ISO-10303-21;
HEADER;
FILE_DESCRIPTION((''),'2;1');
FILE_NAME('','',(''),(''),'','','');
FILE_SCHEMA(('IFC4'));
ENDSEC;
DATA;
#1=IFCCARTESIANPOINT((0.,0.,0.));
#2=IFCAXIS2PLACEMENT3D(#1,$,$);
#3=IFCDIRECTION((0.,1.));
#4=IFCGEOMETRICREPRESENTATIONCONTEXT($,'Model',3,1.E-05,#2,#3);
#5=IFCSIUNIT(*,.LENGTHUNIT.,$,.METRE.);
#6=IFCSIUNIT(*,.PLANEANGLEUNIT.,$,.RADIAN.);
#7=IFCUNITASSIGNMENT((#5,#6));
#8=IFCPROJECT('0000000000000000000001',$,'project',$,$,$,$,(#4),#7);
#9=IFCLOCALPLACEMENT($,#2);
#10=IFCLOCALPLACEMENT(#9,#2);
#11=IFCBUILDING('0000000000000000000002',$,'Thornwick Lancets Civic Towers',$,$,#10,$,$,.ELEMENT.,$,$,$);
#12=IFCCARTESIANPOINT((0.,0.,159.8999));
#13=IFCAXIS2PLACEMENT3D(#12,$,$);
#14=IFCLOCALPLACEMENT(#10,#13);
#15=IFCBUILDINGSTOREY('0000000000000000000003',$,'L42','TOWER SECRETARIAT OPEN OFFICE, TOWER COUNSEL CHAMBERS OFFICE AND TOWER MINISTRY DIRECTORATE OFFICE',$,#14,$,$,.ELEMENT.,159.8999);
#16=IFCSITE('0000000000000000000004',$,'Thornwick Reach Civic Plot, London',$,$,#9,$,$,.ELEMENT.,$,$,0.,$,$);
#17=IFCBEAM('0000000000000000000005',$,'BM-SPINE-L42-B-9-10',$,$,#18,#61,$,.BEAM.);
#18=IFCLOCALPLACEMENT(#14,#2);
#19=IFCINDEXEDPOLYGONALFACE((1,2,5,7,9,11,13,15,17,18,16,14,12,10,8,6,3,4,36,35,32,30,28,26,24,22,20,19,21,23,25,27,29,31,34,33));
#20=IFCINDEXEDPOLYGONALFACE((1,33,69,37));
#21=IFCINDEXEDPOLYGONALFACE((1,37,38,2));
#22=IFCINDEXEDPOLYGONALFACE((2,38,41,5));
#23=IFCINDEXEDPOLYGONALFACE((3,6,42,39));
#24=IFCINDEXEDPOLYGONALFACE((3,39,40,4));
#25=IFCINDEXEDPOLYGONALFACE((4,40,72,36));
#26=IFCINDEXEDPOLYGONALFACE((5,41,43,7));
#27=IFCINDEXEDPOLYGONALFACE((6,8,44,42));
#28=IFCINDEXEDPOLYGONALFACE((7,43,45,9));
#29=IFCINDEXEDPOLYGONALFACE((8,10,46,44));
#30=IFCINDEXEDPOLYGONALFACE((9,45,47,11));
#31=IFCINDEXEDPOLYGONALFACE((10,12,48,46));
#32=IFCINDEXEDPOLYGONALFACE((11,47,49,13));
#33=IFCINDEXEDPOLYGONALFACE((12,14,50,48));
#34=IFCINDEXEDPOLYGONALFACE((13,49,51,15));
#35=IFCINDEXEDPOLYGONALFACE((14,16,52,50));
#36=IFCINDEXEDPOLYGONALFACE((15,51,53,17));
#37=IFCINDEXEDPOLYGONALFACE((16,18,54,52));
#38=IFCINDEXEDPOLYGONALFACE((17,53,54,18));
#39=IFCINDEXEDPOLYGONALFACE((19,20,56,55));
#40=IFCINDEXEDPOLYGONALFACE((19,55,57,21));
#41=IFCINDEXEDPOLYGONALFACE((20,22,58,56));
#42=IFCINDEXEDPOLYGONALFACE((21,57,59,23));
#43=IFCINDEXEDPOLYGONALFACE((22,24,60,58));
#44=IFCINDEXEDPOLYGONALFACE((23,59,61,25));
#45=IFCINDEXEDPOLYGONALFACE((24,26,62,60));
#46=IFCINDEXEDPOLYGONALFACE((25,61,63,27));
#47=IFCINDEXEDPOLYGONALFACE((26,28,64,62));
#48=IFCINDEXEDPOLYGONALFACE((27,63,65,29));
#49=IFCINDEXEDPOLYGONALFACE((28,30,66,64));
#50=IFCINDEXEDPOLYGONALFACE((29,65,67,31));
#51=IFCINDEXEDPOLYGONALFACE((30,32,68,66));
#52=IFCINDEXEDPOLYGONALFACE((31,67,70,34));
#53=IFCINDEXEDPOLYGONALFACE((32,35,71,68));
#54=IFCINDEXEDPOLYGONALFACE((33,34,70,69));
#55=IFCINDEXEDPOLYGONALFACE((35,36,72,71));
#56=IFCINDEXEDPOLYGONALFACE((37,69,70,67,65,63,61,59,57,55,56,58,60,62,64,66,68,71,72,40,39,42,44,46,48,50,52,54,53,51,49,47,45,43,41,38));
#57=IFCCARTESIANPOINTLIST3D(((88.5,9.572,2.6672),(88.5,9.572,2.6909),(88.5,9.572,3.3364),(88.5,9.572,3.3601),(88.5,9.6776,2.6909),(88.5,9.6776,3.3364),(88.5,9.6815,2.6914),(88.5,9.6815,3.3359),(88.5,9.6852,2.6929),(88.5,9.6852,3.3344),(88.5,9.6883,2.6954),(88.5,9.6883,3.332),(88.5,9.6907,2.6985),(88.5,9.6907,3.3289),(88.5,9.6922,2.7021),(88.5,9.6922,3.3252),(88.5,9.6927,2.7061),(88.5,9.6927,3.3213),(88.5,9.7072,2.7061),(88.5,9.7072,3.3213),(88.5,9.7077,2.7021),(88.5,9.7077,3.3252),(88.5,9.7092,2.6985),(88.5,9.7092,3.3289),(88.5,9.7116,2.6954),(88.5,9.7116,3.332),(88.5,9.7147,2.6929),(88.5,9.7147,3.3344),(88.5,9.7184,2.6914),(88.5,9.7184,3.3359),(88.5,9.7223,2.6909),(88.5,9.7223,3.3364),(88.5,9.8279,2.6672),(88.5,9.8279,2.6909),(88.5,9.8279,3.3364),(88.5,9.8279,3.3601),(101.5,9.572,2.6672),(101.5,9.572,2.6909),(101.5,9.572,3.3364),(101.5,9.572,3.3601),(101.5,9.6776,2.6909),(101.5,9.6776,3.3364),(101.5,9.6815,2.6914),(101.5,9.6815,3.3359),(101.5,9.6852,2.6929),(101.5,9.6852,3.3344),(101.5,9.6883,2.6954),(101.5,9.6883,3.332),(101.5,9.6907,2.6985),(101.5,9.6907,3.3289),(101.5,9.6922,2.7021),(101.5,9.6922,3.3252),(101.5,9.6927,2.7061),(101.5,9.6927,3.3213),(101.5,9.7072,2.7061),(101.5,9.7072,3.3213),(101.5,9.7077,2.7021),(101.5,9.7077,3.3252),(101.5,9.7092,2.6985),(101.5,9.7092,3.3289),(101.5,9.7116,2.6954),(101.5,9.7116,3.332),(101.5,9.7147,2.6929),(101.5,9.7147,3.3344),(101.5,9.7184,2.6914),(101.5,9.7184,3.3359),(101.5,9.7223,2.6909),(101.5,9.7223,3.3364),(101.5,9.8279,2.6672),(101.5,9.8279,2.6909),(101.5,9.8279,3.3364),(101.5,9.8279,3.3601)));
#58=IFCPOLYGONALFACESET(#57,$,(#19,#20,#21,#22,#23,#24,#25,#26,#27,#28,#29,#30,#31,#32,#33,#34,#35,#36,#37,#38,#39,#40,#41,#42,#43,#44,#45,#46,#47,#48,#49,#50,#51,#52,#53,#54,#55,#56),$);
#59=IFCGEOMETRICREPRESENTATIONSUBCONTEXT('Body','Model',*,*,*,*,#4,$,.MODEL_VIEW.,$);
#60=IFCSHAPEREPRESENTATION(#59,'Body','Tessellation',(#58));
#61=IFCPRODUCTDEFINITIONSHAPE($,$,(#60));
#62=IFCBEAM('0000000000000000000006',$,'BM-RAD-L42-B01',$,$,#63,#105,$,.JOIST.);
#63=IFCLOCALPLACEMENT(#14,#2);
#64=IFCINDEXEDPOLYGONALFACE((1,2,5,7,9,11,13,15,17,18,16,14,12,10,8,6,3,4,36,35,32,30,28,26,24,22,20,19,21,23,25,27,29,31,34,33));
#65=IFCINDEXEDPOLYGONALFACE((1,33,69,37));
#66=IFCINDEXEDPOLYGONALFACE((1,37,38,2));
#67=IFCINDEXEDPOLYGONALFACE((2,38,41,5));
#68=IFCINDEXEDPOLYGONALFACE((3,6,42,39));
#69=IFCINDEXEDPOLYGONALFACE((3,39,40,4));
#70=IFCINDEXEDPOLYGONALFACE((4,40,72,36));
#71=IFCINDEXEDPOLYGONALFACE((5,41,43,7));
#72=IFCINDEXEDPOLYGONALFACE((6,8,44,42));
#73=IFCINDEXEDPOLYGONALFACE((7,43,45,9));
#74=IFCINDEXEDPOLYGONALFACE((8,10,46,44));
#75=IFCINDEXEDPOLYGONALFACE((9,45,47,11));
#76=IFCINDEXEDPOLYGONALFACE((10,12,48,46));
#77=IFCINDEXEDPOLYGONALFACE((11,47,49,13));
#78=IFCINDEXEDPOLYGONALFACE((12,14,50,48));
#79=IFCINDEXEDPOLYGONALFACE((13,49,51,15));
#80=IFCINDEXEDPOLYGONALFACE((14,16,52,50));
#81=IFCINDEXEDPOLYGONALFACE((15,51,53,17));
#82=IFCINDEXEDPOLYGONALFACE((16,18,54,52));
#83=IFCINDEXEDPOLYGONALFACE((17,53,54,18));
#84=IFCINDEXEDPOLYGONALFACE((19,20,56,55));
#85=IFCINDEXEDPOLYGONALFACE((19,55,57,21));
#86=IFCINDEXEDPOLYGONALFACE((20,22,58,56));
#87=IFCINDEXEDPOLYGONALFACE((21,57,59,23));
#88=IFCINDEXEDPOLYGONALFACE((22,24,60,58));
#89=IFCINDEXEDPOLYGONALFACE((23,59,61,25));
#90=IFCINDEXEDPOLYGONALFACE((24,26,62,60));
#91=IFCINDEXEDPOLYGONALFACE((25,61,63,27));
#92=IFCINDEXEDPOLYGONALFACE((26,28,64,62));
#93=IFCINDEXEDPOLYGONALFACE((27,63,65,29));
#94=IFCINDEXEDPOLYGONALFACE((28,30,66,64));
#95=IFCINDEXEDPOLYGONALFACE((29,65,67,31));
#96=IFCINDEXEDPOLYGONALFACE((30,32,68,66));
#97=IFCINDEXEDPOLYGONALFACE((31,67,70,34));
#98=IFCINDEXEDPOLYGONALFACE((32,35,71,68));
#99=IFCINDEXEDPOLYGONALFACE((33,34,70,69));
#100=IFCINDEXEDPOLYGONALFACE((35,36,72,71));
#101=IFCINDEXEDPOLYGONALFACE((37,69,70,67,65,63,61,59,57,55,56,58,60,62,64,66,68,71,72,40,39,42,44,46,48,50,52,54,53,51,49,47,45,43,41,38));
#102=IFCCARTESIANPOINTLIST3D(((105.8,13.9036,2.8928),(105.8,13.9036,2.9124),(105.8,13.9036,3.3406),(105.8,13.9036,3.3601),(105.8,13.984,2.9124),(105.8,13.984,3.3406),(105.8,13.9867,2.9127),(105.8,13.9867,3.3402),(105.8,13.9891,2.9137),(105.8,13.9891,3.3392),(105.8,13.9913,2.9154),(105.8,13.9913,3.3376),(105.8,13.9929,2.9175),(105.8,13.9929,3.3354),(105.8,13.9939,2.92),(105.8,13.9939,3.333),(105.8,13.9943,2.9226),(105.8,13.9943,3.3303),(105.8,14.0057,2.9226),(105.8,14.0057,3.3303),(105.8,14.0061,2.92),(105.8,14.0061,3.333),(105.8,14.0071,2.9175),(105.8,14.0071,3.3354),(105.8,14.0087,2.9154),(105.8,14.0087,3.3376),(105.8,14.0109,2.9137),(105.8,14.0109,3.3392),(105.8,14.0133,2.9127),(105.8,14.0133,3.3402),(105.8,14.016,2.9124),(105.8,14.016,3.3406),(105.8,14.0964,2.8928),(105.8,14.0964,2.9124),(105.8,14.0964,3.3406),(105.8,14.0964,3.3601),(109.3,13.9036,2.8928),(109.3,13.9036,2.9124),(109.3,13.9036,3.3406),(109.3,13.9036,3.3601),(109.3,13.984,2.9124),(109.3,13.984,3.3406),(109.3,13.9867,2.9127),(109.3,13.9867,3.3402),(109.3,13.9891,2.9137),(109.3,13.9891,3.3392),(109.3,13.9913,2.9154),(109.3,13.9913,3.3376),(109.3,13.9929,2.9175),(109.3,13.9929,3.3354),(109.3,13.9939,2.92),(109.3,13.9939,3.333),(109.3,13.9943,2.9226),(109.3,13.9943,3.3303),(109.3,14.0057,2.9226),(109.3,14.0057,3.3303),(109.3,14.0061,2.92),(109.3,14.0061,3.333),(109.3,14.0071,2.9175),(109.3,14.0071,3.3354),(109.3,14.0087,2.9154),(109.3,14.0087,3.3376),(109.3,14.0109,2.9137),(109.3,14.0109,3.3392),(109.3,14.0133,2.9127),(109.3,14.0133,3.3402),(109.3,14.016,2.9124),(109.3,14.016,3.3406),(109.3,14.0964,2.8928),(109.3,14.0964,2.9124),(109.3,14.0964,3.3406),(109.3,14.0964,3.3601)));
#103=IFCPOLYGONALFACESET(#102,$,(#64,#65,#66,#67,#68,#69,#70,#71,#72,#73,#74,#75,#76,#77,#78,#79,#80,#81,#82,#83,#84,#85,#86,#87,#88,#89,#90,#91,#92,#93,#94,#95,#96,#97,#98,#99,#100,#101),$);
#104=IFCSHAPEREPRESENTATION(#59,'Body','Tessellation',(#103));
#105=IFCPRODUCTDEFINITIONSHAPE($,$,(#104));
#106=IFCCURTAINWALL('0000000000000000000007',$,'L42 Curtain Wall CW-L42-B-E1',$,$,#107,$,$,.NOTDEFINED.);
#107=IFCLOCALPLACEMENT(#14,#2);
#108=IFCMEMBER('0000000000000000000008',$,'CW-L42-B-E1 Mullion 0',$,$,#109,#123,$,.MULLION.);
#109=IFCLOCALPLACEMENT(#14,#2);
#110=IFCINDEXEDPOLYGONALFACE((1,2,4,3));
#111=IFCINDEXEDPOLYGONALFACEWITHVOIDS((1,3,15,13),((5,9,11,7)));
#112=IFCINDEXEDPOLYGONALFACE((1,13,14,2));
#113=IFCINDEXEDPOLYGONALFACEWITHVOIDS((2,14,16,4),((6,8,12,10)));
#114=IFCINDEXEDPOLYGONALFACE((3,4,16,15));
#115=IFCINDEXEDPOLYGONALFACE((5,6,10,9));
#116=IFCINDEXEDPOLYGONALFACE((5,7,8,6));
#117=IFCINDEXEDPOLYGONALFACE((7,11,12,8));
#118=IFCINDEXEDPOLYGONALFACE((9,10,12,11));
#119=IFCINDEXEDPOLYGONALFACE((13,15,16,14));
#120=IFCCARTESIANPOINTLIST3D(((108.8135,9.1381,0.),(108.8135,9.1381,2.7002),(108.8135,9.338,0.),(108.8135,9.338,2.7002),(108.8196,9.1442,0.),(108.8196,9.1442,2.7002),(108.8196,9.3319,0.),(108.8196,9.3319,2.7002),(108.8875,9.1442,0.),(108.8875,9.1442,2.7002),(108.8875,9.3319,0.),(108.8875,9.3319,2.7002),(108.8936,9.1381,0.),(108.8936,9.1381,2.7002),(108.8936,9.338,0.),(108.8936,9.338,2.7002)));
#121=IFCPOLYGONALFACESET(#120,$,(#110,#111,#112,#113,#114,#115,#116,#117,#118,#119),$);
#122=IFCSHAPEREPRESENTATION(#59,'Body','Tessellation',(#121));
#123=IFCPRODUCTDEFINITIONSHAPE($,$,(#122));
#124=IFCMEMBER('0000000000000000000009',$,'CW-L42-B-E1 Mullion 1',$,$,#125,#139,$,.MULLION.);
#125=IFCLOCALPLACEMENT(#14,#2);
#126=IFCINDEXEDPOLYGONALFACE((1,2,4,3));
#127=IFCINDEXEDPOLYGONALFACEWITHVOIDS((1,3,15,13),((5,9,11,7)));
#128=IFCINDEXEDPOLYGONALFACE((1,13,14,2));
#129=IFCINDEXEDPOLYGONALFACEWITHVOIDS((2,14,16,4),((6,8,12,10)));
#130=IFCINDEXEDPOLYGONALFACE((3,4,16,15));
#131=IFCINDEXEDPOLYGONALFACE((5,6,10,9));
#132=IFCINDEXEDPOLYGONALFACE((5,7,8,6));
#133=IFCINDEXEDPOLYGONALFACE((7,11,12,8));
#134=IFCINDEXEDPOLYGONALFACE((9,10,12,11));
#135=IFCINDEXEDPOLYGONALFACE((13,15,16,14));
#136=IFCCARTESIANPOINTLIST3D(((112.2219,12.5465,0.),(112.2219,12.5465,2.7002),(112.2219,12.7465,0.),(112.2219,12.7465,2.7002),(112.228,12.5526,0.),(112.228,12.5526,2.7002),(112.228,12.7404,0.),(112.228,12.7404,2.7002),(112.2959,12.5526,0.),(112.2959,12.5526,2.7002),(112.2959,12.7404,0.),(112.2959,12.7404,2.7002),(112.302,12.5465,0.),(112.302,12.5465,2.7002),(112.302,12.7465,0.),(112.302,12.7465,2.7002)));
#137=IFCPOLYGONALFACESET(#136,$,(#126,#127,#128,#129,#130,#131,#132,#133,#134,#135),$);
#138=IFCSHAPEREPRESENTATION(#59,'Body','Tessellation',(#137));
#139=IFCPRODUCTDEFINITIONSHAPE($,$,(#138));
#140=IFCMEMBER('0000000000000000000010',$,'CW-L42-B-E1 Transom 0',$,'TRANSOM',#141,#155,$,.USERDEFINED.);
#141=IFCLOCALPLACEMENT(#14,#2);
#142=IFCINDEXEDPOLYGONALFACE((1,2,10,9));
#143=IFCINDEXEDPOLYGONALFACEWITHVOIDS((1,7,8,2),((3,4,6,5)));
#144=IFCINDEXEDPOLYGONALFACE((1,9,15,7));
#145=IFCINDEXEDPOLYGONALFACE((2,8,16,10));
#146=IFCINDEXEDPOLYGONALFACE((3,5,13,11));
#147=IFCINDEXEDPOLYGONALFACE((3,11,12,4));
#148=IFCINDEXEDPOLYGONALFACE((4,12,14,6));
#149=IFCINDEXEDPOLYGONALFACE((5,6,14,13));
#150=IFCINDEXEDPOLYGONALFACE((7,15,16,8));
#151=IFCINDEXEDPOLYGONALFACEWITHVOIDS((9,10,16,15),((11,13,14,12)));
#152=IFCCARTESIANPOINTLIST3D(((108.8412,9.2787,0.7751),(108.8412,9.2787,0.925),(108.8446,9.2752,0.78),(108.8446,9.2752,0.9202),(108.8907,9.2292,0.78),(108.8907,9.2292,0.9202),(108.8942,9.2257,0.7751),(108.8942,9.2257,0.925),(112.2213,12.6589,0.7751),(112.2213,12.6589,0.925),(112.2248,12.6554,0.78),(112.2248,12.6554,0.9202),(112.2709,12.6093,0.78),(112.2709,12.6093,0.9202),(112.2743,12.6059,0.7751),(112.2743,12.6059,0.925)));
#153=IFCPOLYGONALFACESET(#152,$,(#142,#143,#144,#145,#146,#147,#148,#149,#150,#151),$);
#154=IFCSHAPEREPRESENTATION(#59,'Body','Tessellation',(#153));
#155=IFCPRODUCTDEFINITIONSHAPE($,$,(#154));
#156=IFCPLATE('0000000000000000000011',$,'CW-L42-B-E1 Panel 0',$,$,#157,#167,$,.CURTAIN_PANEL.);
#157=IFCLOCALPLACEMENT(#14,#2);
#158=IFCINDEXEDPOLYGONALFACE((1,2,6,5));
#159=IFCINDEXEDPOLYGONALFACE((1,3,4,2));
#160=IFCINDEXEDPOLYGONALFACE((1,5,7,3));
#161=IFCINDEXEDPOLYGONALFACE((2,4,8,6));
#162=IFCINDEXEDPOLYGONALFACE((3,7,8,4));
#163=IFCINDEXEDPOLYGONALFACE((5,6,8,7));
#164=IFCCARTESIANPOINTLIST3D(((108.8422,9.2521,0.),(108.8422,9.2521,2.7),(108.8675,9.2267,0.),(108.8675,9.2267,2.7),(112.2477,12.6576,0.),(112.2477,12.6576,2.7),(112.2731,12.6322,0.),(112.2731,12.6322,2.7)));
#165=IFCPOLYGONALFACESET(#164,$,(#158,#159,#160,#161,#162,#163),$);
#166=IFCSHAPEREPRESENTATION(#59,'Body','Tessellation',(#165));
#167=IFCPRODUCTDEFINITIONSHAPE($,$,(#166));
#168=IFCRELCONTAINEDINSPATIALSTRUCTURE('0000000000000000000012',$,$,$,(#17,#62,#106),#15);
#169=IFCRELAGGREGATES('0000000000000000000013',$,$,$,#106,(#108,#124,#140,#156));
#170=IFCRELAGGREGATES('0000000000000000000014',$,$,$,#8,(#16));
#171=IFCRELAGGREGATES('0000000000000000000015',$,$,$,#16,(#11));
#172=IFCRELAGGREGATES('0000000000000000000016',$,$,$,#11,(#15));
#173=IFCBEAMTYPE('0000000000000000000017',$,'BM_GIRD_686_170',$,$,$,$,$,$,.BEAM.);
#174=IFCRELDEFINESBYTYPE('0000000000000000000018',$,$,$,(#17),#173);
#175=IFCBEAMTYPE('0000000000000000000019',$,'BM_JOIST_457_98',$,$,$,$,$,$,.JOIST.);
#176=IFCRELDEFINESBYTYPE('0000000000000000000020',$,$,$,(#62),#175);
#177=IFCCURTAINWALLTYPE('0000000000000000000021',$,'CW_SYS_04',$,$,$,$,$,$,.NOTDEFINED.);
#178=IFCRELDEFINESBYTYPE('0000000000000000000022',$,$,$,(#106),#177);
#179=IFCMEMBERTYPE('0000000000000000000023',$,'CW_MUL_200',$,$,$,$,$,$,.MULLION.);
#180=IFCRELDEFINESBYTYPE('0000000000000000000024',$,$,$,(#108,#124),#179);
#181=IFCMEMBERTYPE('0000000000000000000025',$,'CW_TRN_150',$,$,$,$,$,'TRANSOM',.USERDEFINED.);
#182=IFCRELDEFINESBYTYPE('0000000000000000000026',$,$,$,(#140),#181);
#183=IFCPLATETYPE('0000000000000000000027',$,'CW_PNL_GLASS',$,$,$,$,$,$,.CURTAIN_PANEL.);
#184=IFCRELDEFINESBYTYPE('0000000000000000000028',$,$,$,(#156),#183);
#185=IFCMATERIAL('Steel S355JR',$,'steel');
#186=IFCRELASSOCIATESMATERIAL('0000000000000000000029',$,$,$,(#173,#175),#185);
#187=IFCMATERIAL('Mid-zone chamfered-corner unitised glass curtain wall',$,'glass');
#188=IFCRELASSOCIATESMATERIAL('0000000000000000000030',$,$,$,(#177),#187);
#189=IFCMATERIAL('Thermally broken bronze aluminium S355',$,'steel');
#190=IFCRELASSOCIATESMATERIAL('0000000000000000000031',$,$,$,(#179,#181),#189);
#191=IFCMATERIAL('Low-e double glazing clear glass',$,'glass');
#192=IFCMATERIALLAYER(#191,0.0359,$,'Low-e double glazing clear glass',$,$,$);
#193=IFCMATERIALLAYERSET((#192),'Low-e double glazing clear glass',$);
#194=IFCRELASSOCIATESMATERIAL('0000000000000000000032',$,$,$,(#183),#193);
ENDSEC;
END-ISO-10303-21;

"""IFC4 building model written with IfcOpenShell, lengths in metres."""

from ifc_helpers import new_model, si_unit, direction, frame, origin, origin_2d, place, context, subcontext, project, spatial, rectangle, hollow_rectangle, i_section, extrude, material, layer, layer_set, material_profile, profile_set, type_object, element, aggregate, save


model = new_model("IFC4")

# Units and contexts
model_context = context("Model", 3, precision=1e-05, world=origin(), true_north=direction((0.0, 1.0)))
body_context = subcontext(model_context, "Body", "Model", "MODEL_VIEW")
ifc_project = project(units=[si_unit("LENGTHUNIT", "METRE"), si_unit("PLANEANGLEUNIT", "RADIAN")], contexts=[model_context])

# Site, building, storey
site_placement = place(None, origin())
site = spatial("IfcSite", under=ifc_project, at=site_placement, Name="Thornwick Reach Civic Plot, London", CompositionType="ELEMENT", RefElevation=0.0)
building_placement = place(site_placement, origin())
building = spatial("IfcBuilding", under=site, at=building_placement, Name="Thornwick Lancets Civic Towers", CompositionType="ELEMENT")
storey_placement = place(building_placement, frame((0.0, 0.0, 159.8999)))
storey = spatial("IfcBuildingStorey", under=building, at=storey_placement, Name="L42", Description="TOWER SECRETARIAT OPEN OFFICE, TOWER COUNSEL CHAMBERS OFFICE AND TOWER MINISTRY DIRECTORATE OFFICE", CompositionType="ELEMENT", Elevation=159.8999)

# Beams
ifc_material_1 = material(Name="Steel S355JR", Category="steel")
ifc_material_profile_1 = material_profile(ifc_material_1, i_section(OverallWidth=0.2559, OverallDepth=0.6929, WebThickness=0.0144, FlangeThickness=0.0237, FilletRadius=0.0151, at=origin_2d()), Name="UKB 686x254x170")
ifc_profile_set_1 = profile_set([ifc_material_profile_1], Name="Steel S355JR")
beam_type_1 = type_object("IfcBeamType", Name="BM_GIRD_686_170", PredefinedType="BEAM", material=ifc_profile_set_1)
for number, where, z_axis, x_axis, name in (
    (1, (101.5, 9.7, 3.0137), (-1.0, 0.0, 0.0), (0.0, -1.0, 0.0), "BM-SPINE-L42-B-9-10"),
):
    element("IfcBeam", number, at=place(storey_placement, frame(where, z_axis=z_axis, x_axis=x_axis)), inside=storey, type_object=beam_type_1, Name=name, PredefinedType="BEAM", context=body_context, shape_type="SweptSolid", body=[
        extrude(i_section(OverallWidth=0.2559, OverallDepth=0.6929, WebThickness=0.0144, FlangeThickness=0.0237, FilletRadius=0.0151, at=origin_2d()), origin(), (0.0, 0.0, 1.0), 13.0),
    ])
ifc_material_profile_2 = material_profile(ifc_material_1, i_section(OverallWidth=0.1929, OverallDepth=0.4673, WebThickness=0.0115, FlangeThickness=0.0195, FilletRadius=0.0103, at=origin_2d()), Name="UKB 457x191x98")
ifc_profile_set_2 = profile_set([ifc_material_profile_2], Name="Steel S355JR")
beam_type_2 = type_object("IfcBeamType", Name="BM_JOIST_457_98", PredefinedType="JOIST", material=ifc_profile_set_2)
beam_1_placement = place(storey_placement, frame((105.8, 14.0, 3.1265), z_axis=(1.0, 0.0, 0.0), x_axis=(0.0, 1.0, 0.0)))
element("IfcBeam", 2, at=beam_1_placement, inside=storey, type_object=beam_type_2, Name="BM-RAD-L42-B01", PredefinedType="JOIST", context=body_context, shape_type="SweptSolid", body=[
    extrude(i_section(OverallWidth=0.1929, OverallDepth=0.4673, WebThickness=0.0115, FlangeThickness=0.0195, FilletRadius=0.0103, at=origin_2d()), origin(), (0.0, 0.0, 1.0), 3.5),
])

# Curtain wall, members, plate
ifc_material_2 = material(Name="Mid-zone chamfered-corner unitised glass curtain wall", Category="glass")
curtain_wall_type = type_object("IfcCurtainWallType", Name="CW_SYS_04", PredefinedType="NOTDEFINED", material=ifc_material_2)
curtain_wall_placement = place(storey_placement, origin())
curtain_wall = element("IfcCurtainWall", 3, at=curtain_wall_placement, inside=storey, type_object=curtain_wall_type, Name="L42 Curtain Wall CW-L42-B-E1", PredefinedType="NOTDEFINED")
ifc_material_3 = material(Name="Thermally broken bronze aluminium S355", Category="steel")
ifc_material_profile_3 = material_profile(ifc_material_3, hollow_rectangle(XDim=0.0801, YDim=0.2, WallThickness=0.0061, at=origin_2d()), Name="RHS 200x80x6")
ifc_profile_set_3 = profile_set([ifc_material_profile_3], Name="Thermally broken bronze aluminium S355")
member_type_1 = type_object("IfcMemberType", Name="CW_MUL_200", PredefinedType="MULLION", material=ifc_profile_set_3)
member_1_placement = place(storey_placement, frame((108.8535, 9.238, 0.0), z_axis=(0.0, 0.0, 1.0), x_axis=(1.0, 0.0, 0.0)))
member_1 = element("IfcMember", 4, at=member_1_placement, type_object=member_type_1, Name="CW-L42-B-E1 Mullion 0", PredefinedType="MULLION", context=body_context, shape_type="SweptSolid", body=[
    extrude(hollow_rectangle(XDim=0.0801, YDim=0.2, WallThickness=0.0061, at=origin_2d()), origin(), (0.0, 0.0, 1.0), 2.7002),
])
member_2_placement = place(storey_placement, frame((112.262, 12.6465, 0.0), z_axis=(0.0, 0.0, 1.0), x_axis=(1.0, 0.0, 0.0)))
member_2 = element("IfcMember", 5, at=member_2_placement, type_object=member_type_1, Name="CW-L42-B-E1 Mullion 1", PredefinedType="MULLION", context=body_context, shape_type="SweptSolid", body=[
    extrude(hollow_rectangle(XDim=0.0801, YDim=0.2, WallThickness=0.0061, at=origin_2d()), origin(), (0.0, 0.0, 1.0), 2.7002),
])
ifc_material_profile_4 = material_profile(ifc_material_3, hollow_rectangle(XDim=0.075, YDim=0.1499, WallThickness=0.0049, at=origin_2d()), Name="RHS 150x75x5")
ifc_profile_set_4 = profile_set([ifc_material_profile_4], Name="Thermally broken bronze aluminium S355")
member_type_2 = type_object("IfcMemberType", Name="CW_TRN_150", ElementType="TRANSOM", PredefinedType="USERDEFINED", material=ifc_profile_set_4)
member_3_placement = place(storey_placement, frame((108.8677, 9.2522, 0.8501), z_axis=(0.707107, 0.707107, 0.0), x_axis=(-0.707107, 0.707107, 0.0)))
member_3 = element("IfcMember", 6, at=member_3_placement, type_object=member_type_2, Name="CW-L42-B-E1 Transom 0", ObjectType="TRANSOM", PredefinedType="USERDEFINED", context=body_context, shape_type="SweptSolid", body=[
    extrude(hollow_rectangle(XDim=0.075, YDim=0.1499, WallThickness=0.0049, at=origin_2d()), origin(), (0.0, 0.0, 1.0), 4.7803),
])
ifc_material_4 = material(Name="Low-e double glazing clear glass", Category="glass")
ifc_layer_1 = layer(ifc_material_4, 0.0359, Name="Low-e double glazing clear glass")
ifc_layer_set_1 = layer_set([ifc_layer_1], Name="Low-e double glazing clear glass")
plate_type = type_object("IfcPlateType", Name="CW_PNL_GLASS", PredefinedType="CURTAIN_PANEL", material=ifc_layer_set_1)
plate_placement = place(storey_placement, frame((110.5576, 10.9421, 0.0), z_axis=(0.0, 0.0, 1.0), x_axis=(0.707107, 0.707107, 0.0)))
plate = element("IfcPlate", 7, at=plate_placement, type_object=plate_type, Name="CW-L42-B-E1 Panel 0", PredefinedType="CURTAIN_PANEL", context=body_context, shape_type="SweptSolid", body=[
    extrude(rectangle(XDim=4.8162, YDim=0.0359, at=origin_2d()), origin(), (0.0, 0.0, 1.0), 2.7),
])
aggregate(curtain_wall, [member_1, member_2, member_3, plate])

save(model, "model.ifc")
